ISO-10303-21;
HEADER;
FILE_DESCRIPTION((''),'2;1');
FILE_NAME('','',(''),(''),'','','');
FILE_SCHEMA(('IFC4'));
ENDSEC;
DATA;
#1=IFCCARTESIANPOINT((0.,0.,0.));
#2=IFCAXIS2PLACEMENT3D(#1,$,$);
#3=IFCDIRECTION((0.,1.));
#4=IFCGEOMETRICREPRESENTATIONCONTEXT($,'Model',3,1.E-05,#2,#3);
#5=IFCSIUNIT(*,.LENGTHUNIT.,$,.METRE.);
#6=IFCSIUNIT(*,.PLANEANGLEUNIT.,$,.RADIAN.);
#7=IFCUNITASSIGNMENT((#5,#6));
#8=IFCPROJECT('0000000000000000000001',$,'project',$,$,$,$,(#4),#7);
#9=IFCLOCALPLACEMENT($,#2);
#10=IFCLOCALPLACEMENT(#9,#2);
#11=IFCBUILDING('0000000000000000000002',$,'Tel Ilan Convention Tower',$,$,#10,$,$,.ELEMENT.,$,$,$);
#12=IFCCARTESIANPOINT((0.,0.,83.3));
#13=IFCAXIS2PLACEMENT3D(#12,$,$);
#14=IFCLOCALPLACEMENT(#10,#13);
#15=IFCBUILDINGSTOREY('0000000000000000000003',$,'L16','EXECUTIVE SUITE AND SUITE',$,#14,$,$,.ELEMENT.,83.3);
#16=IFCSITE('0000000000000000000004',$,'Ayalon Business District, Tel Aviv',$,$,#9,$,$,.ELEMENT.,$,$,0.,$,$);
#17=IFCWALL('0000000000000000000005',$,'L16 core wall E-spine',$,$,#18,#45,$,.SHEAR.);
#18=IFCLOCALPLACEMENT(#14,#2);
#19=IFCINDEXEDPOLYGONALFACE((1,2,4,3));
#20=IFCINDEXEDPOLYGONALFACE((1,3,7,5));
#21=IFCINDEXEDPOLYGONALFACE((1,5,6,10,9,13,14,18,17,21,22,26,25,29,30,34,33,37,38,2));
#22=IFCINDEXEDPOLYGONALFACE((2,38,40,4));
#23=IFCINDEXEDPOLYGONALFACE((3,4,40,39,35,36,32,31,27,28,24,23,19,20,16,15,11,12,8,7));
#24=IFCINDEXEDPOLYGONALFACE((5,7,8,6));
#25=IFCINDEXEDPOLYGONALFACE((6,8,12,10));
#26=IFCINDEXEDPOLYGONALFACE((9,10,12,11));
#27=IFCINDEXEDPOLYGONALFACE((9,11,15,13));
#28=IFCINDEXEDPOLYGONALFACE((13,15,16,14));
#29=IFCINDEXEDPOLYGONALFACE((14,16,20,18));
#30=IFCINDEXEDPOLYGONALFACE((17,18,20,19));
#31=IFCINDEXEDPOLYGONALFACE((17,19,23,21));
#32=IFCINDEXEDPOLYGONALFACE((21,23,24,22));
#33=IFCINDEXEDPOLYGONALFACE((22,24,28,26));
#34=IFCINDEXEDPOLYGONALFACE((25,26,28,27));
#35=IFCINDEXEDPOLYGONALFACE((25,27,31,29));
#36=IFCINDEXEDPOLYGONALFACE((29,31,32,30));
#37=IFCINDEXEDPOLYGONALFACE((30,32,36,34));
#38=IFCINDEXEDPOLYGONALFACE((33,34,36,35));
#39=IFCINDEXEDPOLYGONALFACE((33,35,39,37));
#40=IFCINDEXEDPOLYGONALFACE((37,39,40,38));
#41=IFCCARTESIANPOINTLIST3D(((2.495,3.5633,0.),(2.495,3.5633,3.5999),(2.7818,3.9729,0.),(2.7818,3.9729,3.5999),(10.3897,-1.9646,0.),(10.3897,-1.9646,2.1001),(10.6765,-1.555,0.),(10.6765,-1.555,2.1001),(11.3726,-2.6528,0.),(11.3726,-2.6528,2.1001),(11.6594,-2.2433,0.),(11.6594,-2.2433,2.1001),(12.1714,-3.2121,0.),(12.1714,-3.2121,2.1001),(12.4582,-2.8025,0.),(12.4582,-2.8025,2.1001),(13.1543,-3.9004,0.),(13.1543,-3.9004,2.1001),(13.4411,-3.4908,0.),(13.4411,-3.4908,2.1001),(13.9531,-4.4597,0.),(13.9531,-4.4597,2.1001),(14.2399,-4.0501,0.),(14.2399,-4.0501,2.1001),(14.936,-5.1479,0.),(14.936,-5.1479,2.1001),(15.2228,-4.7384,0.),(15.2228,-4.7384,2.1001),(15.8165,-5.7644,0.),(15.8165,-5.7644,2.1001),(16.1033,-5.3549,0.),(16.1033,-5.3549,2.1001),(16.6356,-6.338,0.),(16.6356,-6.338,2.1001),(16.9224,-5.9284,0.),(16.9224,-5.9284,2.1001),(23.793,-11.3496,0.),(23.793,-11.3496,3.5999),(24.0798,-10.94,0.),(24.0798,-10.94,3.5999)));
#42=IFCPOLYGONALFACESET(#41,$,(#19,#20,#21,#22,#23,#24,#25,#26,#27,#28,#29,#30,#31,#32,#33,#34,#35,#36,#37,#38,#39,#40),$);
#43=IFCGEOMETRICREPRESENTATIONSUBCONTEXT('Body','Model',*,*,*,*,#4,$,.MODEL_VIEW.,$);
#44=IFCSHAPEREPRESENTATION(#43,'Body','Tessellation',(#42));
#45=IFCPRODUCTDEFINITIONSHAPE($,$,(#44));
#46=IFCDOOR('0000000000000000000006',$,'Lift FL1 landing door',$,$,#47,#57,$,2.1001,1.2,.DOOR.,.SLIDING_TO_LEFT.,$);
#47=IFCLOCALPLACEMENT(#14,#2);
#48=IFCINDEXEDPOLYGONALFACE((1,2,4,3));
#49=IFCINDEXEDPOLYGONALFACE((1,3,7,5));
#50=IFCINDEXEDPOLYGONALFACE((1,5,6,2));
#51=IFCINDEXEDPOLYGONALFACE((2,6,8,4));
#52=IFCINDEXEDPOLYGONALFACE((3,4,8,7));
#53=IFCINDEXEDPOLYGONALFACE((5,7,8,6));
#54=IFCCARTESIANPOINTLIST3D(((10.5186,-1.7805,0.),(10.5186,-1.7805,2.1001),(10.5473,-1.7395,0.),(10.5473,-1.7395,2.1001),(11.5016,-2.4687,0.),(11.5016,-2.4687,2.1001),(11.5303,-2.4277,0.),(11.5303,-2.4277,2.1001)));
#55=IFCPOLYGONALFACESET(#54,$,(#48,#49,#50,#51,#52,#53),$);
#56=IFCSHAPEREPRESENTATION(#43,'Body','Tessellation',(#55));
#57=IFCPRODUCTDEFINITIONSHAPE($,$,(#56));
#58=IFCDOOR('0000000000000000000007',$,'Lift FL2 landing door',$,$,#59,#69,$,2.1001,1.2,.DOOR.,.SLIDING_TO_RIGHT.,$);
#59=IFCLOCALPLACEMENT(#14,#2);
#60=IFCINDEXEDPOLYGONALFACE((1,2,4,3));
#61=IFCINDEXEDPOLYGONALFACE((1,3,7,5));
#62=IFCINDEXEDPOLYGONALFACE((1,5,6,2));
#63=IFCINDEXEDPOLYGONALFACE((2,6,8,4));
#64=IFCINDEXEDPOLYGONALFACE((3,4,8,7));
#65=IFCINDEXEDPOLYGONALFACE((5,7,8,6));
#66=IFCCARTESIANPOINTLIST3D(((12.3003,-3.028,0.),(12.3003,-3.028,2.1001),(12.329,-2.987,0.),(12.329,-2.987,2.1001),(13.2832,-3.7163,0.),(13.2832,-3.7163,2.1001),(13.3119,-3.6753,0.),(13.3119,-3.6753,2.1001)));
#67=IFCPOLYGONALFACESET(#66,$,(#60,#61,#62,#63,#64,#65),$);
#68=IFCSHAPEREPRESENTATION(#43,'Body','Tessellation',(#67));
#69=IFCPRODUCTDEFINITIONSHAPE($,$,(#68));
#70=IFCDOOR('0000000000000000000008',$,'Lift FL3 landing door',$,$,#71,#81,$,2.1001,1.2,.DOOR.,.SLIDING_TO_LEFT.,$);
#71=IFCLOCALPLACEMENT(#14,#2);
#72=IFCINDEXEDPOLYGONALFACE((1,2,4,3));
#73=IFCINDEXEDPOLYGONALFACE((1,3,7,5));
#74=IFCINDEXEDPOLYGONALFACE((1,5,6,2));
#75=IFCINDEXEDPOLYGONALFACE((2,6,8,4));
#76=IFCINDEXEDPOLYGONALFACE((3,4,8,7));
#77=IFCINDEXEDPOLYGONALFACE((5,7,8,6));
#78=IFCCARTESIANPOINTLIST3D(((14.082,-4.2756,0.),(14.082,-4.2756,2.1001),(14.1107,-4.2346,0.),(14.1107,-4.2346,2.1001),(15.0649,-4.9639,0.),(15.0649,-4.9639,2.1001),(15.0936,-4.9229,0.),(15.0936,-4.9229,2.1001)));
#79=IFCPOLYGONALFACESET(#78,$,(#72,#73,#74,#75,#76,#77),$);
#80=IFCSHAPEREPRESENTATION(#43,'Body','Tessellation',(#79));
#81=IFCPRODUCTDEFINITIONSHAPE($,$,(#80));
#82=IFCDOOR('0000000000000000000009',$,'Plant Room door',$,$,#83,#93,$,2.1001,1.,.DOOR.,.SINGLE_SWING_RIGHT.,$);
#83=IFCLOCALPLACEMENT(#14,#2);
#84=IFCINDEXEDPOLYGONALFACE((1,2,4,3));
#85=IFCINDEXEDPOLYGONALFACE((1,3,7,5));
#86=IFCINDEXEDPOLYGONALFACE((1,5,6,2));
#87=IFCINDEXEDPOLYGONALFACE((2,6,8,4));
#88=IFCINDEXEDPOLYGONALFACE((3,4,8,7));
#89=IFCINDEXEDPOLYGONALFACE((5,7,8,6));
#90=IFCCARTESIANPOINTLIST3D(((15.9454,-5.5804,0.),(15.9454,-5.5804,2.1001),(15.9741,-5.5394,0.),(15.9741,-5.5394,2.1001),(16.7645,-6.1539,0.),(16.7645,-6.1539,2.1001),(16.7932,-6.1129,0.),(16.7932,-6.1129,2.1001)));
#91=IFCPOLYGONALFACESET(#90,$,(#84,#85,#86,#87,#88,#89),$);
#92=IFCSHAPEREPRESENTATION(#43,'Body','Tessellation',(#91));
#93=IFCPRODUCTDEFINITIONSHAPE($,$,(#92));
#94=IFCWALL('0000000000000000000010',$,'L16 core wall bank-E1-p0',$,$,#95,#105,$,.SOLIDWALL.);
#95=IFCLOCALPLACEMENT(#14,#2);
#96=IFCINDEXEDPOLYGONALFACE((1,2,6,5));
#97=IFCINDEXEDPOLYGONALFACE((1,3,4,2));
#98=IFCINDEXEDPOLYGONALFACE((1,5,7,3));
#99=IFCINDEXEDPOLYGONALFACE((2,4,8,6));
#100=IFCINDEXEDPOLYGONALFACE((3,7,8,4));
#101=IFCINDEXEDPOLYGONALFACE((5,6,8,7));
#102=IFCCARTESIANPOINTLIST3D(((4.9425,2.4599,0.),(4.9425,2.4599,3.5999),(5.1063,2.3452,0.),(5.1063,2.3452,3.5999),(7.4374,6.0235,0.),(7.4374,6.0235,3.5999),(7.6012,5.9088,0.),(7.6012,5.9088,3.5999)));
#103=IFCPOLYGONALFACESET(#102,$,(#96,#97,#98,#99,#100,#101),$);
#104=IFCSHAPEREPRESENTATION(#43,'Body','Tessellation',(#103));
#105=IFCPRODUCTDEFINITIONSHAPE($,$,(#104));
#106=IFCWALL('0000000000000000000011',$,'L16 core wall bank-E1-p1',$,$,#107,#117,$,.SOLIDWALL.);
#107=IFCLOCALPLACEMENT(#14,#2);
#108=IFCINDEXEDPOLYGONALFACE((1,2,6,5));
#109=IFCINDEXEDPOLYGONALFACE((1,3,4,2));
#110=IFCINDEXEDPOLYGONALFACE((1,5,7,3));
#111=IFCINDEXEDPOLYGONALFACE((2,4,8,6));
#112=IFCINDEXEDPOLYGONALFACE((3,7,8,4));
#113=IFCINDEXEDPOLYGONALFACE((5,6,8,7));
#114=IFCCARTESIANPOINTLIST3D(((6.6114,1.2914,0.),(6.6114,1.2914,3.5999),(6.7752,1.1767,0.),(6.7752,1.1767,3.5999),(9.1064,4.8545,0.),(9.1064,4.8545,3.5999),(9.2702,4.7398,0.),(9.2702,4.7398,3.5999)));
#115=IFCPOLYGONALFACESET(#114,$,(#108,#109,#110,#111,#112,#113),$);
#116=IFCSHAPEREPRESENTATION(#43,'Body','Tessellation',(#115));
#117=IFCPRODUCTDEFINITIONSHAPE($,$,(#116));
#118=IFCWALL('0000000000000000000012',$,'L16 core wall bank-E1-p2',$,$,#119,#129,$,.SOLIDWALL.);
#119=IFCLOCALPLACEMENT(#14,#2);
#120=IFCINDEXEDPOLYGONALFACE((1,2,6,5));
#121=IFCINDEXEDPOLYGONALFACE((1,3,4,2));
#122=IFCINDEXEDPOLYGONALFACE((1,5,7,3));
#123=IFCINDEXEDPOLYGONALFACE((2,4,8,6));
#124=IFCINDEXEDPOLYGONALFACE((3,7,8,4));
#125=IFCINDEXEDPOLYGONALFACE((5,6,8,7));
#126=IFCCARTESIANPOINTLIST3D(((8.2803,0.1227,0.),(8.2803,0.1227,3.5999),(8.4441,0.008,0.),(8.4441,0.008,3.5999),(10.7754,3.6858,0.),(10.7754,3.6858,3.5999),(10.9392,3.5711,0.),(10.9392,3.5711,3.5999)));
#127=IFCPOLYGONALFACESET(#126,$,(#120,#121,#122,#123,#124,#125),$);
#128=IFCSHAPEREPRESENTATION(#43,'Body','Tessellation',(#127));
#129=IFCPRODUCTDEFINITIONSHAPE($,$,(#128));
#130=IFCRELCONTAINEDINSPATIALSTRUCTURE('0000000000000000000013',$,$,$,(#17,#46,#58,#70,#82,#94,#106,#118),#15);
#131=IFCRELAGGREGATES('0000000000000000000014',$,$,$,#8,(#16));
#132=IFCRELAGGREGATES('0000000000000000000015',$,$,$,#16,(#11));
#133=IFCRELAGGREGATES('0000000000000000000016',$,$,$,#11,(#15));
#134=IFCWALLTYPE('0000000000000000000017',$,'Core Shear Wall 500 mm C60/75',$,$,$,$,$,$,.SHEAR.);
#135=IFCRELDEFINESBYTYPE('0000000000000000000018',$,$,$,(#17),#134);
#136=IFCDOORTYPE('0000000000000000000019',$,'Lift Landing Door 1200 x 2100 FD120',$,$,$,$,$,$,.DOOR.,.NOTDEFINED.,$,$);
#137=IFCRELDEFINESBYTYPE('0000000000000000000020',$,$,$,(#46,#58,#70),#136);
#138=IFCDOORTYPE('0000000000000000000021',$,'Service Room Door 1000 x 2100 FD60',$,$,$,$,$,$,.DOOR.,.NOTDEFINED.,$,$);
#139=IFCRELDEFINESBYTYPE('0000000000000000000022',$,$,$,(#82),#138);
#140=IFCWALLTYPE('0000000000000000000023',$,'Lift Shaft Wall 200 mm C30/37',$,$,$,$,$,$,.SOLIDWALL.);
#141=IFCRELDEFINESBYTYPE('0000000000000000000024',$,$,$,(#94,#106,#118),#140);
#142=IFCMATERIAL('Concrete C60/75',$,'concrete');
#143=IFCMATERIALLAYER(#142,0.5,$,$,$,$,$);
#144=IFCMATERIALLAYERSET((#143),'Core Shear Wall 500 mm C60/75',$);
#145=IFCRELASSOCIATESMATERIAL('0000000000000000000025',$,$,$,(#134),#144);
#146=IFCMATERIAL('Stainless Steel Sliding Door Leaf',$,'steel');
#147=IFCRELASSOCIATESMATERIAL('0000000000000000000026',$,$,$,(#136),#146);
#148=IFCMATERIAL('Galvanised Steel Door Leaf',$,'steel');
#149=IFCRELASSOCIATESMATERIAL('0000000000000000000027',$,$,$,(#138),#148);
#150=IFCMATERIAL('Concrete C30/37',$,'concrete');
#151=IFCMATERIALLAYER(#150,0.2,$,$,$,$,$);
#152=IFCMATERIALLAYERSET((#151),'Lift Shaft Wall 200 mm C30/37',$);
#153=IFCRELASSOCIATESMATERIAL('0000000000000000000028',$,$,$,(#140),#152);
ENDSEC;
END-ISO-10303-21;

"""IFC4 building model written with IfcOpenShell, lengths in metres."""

from ifc_helpers import new_model, si_unit, direction, frame, frame_2d, origin, place, context, subcontext, project, spatial, polyline, rectangle, outline, extrude, material, layer, layer_set, type_object, element, fill, save


model = new_model("IFC4")

# Units and contexts
model_context = context("Model", 3, precision=1e-05, world=origin(), true_north=direction((0.0, 1.0)))
body_context = subcontext(model_context, "Body", "Model", "MODEL_VIEW")
ifc_project = project(units=[si_unit("LENGTHUNIT", "METRE"), si_unit("PLANEANGLEUNIT", "RADIAN")], contexts=[model_context])

# Site, building, storey
site_placement = place(None, origin())
site = spatial("IfcSite", under=ifc_project, at=site_placement, Name="Ayalon Business District, Tel Aviv", CompositionType="ELEMENT", RefElevation=0.0)
building_placement = place(site_placement, origin())
building = spatial("IfcBuilding", under=site, at=building_placement, Name="Tel Ilan Convention Tower", CompositionType="ELEMENT")
storey_placement = place(building_placement, frame((0.0, 0.0, 83.3)))
storey = spatial("IfcBuildingStorey", under=building, at=storey_placement, Name="L16", Description="EXECUTIVE SUITE AND SUITE", CompositionType="ELEMENT", Elevation=83.3)

# Wall, openings, doors
ifc_material_1 = material(Name="Concrete C60/75", Category="concrete")
ifc_layer_1 = layer(ifc_material_1, 0.5)
ifc_layer_set_1 = layer_set([ifc_layer_1], Name="Core Shear Wall 500 mm C60/75")
wall_type_1 = type_object("IfcWallType", Name="Core Shear Wall 500 mm C60/75", PredefinedType="SHEAR", material=ifc_layer_set_1)
wall_1_placement = place(storey_placement, frame((2.6384, 3.7681, 0.0), z_axis=(0.0, 0.0, 1.0), x_axis=(0.819149, -0.573581, 0.0)))
wall_1 = element("IfcWall", 1, at=wall_1_placement, inside=storey, type_object=wall_type_1, Name="L16 core wall E-spine", PredefinedType="SHEAR", context=body_context, shape_type="SweptSolid", body=[
    extrude(outline(polyline([(0.0, 0.25), (0.0, -0.25), (26.0, -0.2498), (26.0, 0.2502), (0.0, 0.25)])), origin(), (0.0, 0.0, 1.0), 3.5999),
])
opening_1_placement = place(wall_1_placement, frame((9.6375, 0.0, 0.0)))
opening_1 = element("IfcOpeningElement", 2, at=opening_1_placement, cuts=wall_1, PredefinedType="OPENING", context=body_context, shape_type="SweptSolid", body=[
    extrude(rectangle(XDim=1.2, YDim=2.1001, at=frame_2d((0.6001, 1.05))), frame((0.0, 0.26, 0.0), z_axis=(0.0, -1.0, 0.0), x_axis=(1.0, 0.0, 0.0)), (0.0, 0.0, 1.0), 0.52),
])
opening_2_placement = place(wall_1_placement, frame((11.8125, 0.0, 0.0)))
opening_2 = element("IfcOpeningElement", 3, at=opening_2_placement, cuts=wall_1, PredefinedType="OPENING", context=body_context, shape_type="SweptSolid", body=[
    extrude(rectangle(XDim=1.2, YDim=2.1001, at=frame_2d((0.6001, 1.05))), frame((0.0, 0.26, 0.0), z_axis=(0.0, -1.0, 0.0), x_axis=(1.0, 0.0, 0.0)), (0.0, 0.0, 1.0), 0.52),
])
opening_3_placement = place(wall_1_placement, frame((13.9875, 0.0, 0.0)))
opening_3 = element("IfcOpeningElement", 4, at=opening_3_placement, cuts=wall_1, PredefinedType="OPENING", context=body_context, shape_type="SweptSolid", body=[
    extrude(rectangle(XDim=1.2, YDim=2.1001, at=frame_2d((0.6001, 1.05))), frame((0.0, 0.26, 0.0), z_axis=(0.0, -1.0, 0.0), x_axis=(1.0, 0.0, 0.0)), (0.0, 0.0, 1.0), 0.52),
])
opening_4_placement = place(wall_1_placement, frame((16.2625, 0.0, 0.0)))
opening_4 = element("IfcOpeningElement", 5, at=opening_4_placement, cuts=wall_1, PredefinedType="OPENING", context=body_context, shape_type="SweptSolid", body=[
    extrude(rectangle(XDim=1.0, YDim=2.1001, at=frame_2d((0.5, 1.05))), frame((0.0, 0.26, 0.0), z_axis=(0.0, -1.0, 0.0), x_axis=(1.0, 0.0, 0.0)), (0.0, 0.0, 1.0), 0.52),
])
ifc_material_2 = material(Name="Stainless Steel Sliding Door Leaf", Category="steel")
door_type_1 = type_object("IfcDoorType", Name="Lift Landing Door 1200 x 2100 FD120", OperationType="NOTDEFINED", PredefinedType="DOOR", material=ifc_material_2)
door_1_placement = place(opening_1_placement, origin())
door_1 = element("IfcDoor", 6, at=door_1_placement, inside=storey, type_object=door_type_1, Name="Lift FL1 landing door", OperationType="SLIDING_TO_LEFT", OverallHeight=2.1001, OverallWidth=1.2, PredefinedType="DOOR", context=body_context, shape_type="SweptSolid", body=[
    extrude(rectangle(XDim=1.2, YDim=2.1001, at=frame_2d((0.6001, 1.05))), frame((0.0, 0.0249, 0.0), z_axis=(0.0, -1.0, 0.0), x_axis=(1.0, 0.0, 0.0)), (0.0, 0.0, 1.0), 0.05),
])
fill(opening_1, door_1)
door_2_placement = place(opening_2_placement, origin())
door_2 = element("IfcDoor", 7, at=door_2_placement, inside=storey, type_object=door_type_1, Name="Lift FL2 landing door", OperationType="SLIDING_TO_RIGHT", OverallHeight=2.1001, OverallWidth=1.2, PredefinedType="DOOR", context=body_context, shape_type="SweptSolid", body=[
    extrude(rectangle(XDim=1.2, YDim=2.1001, at=frame_2d((0.6001, 1.05))), frame((0.0, 0.0249, 0.0), z_axis=(0.0, -1.0, 0.0), x_axis=(1.0, 0.0, 0.0)), (0.0, 0.0, 1.0), 0.05),
])
fill(opening_2, door_2)
door_3_placement = place(opening_3_placement, origin())
door_3 = element("IfcDoor", 8, at=door_3_placement, inside=storey, type_object=door_type_1, Name="Lift FL3 landing door", OperationType="SLIDING_TO_LEFT", OverallHeight=2.1001, OverallWidth=1.2, PredefinedType="DOOR", context=body_context, shape_type="SweptSolid", body=[
    extrude(rectangle(XDim=1.2, YDim=2.1001, at=frame_2d((0.6001, 1.05))), frame((0.0, 0.0249, 0.0), z_axis=(0.0, -1.0, 0.0), x_axis=(1.0, 0.0, 0.0)), (0.0, 0.0, 1.0), 0.05),
])
fill(opening_3, door_3)
ifc_material_3 = material(Name="Galvanised Steel Door Leaf", Category="steel")
door_type_2 = type_object("IfcDoorType", Name="Service Room Door 1000 x 2100 FD60", OperationType="NOTDEFINED", PredefinedType="DOOR", material=ifc_material_3)
door_4_placement = place(opening_4_placement, origin())
door_4 = element("IfcDoor", 9, at=door_4_placement, inside=storey, type_object=door_type_2, Name="Plant Room door", OperationType="SINGLE_SWING_RIGHT", OverallHeight=2.1001, OverallWidth=1.0, PredefinedType="DOOR", context=body_context, shape_type="SweptSolid", body=[
    extrude(rectangle(XDim=1.0, YDim=2.1001, at=frame_2d((0.5, 1.05))), frame((0.0, 0.0249, 0.0), z_axis=(0.0, -1.0, 0.0), x_axis=(1.0, 0.0, 0.0)), (0.0, 0.0, 1.0), 0.05),
])
fill(opening_4, door_4)

# Walls
ifc_material_4 = material(Name="Concrete C30/37", Category="concrete")
ifc_layer_2 = layer(ifc_material_4, 0.2)
ifc_layer_set_2 = layer_set([ifc_layer_2], Name="Lift Shaft Wall 200 mm C30/37")
wall_type_2 = type_object("IfcWallType", Name="Lift Shaft Wall 200 mm C30/37", PredefinedType="SOLIDWALL", material=ifc_layer_set_2)
wall_2_placement = place(storey_placement, frame((5.0244, 2.4026, 0.0), z_axis=(0.0, 0.0, 1.0), x_axis=(0.57353, 0.819184, 0.0)))
element("IfcWall", 10, at=wall_2_placement, inside=storey, type_object=wall_type_2, Name="L16 core wall bank-E1-p0", PredefinedType="SOLIDWALL", context=body_context, shape_type="SweptSolid", body=[
    extrude(rectangle(XDim=4.3501, YDim=0.2, at=frame_2d((2.175, 0.0))), origin(), (0.0, 0.0, 1.0), 3.5999),
])
for number, where, z_axis, x_axis, name in (
    (11, (6.6934, 1.2341, 0.0), (0.0, 0.0, 1.0), (0.573594, 0.81914, 0.0), "L16 core wall bank-E1-p1"),
    (12, (8.3623, 0.0654, 0.0), (0.0, 0.0, 1.0), (0.573594, 0.81914, 0.0), "L16 core wall bank-E1-p2"),
):
    element("IfcWall", number, at=place(storey_placement, frame(where, z_axis=z_axis, x_axis=x_axis)), inside=storey, type_object=wall_type_2, Name=name, PredefinedType="SOLIDWALL", context=body_context, shape_type="SweptSolid", body=[
        extrude(rectangle(XDim=4.3499, YDim=0.2, at=frame_2d((2.1748, 0.0))), origin(), (0.0, 0.0, 1.0), 3.5999),
    ])

save(model, "model.ifc")
